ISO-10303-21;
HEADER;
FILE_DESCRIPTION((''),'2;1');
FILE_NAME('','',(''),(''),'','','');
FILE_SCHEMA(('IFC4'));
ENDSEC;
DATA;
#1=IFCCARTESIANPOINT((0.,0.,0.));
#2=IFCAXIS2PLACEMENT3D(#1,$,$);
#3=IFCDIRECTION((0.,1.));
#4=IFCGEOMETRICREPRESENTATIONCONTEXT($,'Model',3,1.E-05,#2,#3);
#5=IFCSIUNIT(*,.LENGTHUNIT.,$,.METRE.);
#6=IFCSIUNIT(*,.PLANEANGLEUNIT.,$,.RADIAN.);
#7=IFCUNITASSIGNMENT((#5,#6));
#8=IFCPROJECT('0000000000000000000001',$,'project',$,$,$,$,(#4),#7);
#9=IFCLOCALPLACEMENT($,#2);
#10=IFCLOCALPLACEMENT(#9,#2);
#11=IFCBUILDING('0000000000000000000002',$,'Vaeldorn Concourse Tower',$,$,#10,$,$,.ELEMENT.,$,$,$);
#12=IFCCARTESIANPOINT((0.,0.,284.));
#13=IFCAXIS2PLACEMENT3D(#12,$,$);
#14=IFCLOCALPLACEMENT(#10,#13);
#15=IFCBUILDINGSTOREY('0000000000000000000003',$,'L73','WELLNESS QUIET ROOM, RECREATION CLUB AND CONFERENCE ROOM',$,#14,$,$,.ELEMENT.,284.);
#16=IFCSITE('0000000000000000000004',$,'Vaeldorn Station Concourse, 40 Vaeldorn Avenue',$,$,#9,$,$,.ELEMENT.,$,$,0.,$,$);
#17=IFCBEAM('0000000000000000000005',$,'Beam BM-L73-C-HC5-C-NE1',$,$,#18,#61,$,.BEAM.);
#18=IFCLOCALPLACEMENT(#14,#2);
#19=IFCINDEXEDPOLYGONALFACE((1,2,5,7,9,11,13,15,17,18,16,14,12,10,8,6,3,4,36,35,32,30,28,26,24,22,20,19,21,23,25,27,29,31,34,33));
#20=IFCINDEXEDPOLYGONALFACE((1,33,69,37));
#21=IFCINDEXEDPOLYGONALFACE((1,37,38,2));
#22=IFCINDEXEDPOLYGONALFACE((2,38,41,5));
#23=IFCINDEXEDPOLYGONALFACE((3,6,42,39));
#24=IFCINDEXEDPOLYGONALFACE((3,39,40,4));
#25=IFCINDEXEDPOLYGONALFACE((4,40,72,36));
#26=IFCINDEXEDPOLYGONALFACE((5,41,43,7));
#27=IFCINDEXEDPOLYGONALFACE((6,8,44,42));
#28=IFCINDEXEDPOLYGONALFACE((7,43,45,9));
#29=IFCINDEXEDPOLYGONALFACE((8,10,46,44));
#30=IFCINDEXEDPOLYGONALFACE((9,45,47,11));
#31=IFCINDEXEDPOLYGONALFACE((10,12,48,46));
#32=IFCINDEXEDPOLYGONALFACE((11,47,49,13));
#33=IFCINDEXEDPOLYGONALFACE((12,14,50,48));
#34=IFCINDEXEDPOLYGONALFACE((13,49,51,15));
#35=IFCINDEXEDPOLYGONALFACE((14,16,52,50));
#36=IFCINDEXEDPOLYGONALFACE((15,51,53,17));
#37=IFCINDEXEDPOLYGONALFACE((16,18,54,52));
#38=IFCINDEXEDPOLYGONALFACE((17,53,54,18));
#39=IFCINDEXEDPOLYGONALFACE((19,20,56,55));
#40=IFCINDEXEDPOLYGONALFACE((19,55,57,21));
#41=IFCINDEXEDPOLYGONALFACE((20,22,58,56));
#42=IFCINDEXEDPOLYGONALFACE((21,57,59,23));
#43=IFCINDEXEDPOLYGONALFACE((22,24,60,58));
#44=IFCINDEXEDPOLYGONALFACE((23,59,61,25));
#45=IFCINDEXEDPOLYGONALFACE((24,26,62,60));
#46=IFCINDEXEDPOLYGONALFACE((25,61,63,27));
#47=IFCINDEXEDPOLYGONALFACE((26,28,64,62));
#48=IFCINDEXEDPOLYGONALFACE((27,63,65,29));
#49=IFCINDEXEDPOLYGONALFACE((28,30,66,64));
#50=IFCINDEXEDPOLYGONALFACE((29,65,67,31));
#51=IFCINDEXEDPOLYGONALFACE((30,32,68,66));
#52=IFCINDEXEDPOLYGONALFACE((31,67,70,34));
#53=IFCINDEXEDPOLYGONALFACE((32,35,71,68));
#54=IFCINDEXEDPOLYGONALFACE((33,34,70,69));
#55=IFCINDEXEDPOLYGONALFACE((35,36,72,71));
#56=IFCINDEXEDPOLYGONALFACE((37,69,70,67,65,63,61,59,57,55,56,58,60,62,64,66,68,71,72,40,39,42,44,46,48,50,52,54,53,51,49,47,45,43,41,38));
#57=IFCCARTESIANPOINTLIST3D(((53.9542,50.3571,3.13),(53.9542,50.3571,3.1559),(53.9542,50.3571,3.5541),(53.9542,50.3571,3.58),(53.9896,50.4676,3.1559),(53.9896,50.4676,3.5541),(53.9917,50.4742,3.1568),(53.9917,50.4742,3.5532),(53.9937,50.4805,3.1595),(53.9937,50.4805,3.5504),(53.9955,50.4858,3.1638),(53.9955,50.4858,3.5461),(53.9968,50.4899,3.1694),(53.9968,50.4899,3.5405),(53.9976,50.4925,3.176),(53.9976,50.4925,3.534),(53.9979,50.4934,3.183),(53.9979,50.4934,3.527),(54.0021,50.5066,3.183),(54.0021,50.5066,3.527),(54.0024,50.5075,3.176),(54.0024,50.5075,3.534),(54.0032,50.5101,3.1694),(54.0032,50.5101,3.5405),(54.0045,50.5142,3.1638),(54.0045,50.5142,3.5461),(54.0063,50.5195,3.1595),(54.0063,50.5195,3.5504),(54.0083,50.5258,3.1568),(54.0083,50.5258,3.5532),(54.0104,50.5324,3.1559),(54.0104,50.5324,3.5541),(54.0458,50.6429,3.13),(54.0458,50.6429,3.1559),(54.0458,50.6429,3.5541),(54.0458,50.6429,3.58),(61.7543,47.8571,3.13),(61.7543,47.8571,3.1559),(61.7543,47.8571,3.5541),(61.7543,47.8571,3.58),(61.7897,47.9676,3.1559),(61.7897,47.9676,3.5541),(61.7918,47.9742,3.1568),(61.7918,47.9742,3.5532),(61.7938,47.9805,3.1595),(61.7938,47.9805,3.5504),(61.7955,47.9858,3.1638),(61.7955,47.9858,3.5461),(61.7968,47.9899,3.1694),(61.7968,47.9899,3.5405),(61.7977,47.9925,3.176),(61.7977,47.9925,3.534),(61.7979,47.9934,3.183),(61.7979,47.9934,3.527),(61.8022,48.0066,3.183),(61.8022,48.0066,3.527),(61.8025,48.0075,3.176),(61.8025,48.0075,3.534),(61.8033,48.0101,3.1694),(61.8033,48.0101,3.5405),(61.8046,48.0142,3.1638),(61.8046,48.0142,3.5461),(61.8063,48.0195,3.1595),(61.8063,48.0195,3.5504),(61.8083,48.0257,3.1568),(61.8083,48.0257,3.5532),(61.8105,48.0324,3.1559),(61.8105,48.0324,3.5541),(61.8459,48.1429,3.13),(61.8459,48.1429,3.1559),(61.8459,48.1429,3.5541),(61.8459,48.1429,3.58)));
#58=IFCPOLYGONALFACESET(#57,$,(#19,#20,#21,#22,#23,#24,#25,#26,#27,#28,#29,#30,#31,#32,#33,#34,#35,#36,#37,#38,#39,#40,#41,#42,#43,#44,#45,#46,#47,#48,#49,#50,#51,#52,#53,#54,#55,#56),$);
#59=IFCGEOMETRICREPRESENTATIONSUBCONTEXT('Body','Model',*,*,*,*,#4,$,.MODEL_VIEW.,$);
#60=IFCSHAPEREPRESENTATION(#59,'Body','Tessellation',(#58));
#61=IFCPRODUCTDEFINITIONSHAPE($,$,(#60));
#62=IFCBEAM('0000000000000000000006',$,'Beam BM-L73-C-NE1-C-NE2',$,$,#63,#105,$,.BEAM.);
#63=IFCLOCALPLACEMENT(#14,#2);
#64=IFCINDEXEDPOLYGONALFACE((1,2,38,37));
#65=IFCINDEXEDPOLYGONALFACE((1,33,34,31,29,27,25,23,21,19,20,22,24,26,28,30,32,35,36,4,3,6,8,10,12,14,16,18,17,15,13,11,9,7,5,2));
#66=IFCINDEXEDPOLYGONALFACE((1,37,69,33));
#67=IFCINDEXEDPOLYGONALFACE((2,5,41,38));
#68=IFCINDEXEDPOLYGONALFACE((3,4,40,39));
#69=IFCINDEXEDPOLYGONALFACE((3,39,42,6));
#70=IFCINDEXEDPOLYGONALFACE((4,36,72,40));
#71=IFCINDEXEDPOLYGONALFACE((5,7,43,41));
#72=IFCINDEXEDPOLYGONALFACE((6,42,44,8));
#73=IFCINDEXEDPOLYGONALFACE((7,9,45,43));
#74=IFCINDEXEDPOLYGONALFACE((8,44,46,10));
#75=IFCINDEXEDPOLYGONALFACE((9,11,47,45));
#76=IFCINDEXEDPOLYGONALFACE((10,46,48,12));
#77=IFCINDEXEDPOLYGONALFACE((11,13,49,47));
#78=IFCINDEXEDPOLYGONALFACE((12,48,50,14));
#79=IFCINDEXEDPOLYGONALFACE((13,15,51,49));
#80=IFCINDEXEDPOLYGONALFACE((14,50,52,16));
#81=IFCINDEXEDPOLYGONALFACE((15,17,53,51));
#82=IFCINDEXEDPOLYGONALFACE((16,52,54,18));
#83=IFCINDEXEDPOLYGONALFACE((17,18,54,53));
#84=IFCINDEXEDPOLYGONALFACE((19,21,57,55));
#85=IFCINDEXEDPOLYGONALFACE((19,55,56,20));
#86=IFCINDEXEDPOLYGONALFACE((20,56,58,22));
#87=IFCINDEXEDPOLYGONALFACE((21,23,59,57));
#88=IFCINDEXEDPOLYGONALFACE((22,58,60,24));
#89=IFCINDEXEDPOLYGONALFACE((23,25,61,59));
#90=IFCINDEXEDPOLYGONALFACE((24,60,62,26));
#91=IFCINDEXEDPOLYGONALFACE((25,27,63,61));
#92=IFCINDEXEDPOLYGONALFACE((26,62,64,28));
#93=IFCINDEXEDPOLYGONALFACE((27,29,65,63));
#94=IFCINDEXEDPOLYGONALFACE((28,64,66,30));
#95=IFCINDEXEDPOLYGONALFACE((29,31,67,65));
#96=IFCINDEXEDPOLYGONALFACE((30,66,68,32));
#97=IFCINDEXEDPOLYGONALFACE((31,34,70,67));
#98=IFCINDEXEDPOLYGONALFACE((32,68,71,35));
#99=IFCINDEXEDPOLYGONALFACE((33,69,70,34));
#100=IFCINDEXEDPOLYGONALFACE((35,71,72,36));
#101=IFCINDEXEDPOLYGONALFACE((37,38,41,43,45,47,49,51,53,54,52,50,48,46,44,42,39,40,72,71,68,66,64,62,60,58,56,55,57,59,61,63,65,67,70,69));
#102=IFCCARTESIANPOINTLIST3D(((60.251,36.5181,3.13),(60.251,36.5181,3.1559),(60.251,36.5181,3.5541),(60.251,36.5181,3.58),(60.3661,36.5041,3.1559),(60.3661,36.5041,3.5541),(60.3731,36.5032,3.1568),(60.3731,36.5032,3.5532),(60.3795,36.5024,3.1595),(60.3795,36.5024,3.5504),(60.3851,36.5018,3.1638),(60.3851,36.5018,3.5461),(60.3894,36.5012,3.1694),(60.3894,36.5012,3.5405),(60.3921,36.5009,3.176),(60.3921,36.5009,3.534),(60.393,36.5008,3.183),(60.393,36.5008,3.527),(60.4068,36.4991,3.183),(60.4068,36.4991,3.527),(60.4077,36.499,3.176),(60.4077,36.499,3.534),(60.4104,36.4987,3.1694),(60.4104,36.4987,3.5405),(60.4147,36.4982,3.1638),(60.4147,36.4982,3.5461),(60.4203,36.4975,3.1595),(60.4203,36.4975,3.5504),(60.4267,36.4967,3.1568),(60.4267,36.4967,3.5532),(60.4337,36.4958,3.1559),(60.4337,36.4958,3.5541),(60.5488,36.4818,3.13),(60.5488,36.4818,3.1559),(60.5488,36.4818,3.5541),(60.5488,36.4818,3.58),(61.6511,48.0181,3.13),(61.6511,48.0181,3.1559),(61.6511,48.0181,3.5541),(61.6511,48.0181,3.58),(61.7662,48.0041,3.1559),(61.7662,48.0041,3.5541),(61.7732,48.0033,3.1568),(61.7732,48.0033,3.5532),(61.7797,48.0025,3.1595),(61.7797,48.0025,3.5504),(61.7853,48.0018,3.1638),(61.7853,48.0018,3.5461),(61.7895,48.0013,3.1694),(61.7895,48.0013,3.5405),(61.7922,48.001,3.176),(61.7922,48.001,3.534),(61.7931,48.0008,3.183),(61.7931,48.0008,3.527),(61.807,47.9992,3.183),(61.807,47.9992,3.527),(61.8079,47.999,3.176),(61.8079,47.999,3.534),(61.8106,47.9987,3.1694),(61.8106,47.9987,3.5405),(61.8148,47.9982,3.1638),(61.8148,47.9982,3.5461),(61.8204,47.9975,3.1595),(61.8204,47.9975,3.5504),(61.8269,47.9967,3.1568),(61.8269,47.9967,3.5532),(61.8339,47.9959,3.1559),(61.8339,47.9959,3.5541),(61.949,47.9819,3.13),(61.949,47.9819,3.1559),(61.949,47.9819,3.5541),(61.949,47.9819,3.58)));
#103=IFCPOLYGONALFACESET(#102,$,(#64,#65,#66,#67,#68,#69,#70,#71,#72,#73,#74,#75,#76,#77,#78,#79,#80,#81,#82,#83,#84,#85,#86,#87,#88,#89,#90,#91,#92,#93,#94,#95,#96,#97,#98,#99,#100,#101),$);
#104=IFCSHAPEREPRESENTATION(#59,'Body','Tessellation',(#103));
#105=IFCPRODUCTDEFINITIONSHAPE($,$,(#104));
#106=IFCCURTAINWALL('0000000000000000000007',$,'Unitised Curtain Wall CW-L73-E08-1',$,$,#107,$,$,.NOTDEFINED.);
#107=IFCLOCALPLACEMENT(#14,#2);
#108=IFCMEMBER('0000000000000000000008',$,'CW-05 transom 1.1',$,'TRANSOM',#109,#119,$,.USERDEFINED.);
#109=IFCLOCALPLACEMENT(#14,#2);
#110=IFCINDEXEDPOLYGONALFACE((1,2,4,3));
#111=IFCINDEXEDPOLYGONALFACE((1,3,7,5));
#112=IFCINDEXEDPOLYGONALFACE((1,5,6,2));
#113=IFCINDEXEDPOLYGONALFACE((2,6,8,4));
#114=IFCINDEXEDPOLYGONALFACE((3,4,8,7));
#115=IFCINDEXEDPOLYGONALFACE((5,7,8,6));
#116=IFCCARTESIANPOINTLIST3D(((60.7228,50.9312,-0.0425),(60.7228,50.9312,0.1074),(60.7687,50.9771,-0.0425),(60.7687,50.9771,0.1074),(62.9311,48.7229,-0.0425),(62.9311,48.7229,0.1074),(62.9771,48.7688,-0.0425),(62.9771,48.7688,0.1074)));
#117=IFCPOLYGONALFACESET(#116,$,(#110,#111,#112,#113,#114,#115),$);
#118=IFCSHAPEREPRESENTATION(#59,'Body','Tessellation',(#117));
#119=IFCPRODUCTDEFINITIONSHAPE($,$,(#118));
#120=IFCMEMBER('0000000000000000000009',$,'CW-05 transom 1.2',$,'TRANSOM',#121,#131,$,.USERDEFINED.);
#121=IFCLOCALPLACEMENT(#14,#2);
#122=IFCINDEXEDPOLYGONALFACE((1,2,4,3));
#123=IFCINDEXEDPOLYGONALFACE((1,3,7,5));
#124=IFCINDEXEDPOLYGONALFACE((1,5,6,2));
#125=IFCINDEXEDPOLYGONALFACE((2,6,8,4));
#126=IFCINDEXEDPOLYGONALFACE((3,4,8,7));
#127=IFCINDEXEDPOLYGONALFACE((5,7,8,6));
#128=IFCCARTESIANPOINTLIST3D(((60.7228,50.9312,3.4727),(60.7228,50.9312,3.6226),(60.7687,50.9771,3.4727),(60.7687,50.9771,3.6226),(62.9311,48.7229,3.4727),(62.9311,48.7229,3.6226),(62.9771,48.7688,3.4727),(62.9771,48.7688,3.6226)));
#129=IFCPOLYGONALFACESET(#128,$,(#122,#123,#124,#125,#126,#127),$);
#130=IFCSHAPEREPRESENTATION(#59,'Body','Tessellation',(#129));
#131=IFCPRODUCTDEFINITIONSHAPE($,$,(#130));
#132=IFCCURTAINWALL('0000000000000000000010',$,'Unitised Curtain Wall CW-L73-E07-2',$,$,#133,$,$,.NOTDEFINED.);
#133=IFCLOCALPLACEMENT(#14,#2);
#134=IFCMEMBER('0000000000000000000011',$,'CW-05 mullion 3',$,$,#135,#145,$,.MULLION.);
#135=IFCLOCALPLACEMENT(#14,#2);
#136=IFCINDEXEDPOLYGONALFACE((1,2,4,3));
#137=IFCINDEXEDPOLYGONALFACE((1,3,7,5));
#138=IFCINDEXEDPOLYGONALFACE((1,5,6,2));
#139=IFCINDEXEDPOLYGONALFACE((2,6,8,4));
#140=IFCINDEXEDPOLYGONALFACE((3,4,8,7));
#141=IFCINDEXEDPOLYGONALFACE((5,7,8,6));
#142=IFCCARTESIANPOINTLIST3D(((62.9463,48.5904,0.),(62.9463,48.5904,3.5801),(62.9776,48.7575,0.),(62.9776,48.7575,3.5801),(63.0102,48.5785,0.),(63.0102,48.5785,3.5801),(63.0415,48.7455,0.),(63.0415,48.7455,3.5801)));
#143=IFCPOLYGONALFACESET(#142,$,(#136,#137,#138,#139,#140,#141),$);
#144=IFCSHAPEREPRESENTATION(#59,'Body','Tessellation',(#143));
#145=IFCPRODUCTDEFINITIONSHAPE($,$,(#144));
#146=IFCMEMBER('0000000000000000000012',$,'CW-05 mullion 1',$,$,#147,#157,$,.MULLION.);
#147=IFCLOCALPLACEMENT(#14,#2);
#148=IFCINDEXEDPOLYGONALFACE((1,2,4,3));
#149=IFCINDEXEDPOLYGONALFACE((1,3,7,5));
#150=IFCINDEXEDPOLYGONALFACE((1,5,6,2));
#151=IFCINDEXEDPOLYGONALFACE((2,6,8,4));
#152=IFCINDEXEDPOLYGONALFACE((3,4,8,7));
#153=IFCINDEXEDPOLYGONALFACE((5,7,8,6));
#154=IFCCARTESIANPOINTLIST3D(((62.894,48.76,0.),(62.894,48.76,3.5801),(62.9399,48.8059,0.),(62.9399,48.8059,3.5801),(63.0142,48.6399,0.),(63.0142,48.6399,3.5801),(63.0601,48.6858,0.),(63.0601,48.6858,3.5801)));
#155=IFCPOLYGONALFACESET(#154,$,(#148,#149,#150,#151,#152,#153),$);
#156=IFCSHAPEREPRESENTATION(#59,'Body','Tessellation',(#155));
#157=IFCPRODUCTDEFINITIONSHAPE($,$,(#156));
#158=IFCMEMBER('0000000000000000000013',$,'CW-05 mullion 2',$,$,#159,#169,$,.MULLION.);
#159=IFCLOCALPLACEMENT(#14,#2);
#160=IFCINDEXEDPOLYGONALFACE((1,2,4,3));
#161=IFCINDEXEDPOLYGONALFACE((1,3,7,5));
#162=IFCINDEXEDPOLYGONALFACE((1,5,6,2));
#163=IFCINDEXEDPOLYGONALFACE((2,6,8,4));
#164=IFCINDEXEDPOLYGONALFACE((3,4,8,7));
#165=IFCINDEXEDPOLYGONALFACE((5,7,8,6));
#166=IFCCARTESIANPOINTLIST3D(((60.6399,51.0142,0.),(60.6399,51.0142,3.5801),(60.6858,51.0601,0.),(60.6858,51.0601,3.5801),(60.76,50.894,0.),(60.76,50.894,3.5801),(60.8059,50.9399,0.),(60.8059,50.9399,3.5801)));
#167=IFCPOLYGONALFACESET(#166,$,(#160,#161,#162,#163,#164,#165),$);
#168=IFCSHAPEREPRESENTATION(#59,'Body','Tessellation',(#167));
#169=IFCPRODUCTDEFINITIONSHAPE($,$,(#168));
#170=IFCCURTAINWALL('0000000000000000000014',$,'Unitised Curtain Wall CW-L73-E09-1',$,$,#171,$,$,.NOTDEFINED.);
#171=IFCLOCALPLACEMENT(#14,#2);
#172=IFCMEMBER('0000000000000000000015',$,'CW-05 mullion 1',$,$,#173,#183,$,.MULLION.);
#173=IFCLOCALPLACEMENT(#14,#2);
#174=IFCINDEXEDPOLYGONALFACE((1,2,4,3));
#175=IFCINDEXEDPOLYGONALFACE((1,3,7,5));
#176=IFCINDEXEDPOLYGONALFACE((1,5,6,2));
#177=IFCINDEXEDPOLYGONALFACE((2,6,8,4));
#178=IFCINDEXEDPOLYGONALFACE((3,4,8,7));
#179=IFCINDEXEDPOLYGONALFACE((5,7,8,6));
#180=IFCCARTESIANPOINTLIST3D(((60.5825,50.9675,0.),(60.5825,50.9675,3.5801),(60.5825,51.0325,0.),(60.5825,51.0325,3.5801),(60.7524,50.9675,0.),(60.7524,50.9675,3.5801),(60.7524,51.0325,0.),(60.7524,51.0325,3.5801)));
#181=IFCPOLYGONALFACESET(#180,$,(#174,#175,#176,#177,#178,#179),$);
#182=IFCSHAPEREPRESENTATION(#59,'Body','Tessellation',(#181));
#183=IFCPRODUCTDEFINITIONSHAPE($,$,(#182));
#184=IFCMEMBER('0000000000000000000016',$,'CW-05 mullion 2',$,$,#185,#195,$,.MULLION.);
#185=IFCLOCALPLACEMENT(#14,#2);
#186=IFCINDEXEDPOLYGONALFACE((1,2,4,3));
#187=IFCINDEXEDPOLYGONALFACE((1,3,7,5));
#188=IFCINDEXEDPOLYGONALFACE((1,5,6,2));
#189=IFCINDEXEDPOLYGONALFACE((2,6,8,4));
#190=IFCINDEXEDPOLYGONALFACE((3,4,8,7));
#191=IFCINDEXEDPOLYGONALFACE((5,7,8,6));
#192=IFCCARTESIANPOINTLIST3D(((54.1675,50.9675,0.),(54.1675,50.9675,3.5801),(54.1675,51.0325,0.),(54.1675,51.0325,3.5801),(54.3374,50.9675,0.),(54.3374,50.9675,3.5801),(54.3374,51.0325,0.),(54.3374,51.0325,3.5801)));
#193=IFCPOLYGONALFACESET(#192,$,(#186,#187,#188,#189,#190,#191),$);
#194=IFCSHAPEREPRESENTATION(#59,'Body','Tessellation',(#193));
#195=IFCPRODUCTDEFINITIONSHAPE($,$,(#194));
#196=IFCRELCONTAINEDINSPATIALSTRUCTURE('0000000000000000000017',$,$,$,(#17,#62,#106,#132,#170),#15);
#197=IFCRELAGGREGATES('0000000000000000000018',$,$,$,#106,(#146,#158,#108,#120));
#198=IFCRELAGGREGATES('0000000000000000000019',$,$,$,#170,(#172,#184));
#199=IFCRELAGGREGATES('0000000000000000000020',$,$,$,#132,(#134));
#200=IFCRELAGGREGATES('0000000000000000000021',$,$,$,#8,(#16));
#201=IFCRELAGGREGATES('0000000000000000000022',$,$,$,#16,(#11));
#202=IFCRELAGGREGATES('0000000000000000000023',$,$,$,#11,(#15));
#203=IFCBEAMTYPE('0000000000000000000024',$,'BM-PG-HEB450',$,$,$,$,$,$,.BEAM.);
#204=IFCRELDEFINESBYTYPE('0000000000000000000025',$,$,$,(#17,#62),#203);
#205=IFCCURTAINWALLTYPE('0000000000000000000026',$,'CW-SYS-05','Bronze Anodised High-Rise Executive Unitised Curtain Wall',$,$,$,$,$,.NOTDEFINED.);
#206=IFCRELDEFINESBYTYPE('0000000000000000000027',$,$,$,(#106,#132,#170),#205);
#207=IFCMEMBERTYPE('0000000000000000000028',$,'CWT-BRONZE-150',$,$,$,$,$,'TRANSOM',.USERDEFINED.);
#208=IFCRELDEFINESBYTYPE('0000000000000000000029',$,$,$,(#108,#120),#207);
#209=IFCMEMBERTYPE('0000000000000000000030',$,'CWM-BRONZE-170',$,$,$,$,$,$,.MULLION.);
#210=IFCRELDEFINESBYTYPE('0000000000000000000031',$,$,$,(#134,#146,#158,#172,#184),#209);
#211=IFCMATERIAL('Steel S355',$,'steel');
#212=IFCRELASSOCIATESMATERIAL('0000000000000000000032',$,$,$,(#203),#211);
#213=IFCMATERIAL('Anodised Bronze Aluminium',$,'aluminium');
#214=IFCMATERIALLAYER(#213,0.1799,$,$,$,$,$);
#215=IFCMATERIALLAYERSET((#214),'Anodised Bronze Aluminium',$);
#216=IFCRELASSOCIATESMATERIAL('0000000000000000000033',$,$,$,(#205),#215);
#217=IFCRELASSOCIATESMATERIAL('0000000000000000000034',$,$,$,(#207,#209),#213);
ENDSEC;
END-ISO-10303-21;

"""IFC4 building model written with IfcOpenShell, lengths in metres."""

from ifc_helpers import new_model, si_unit, direction, frame, origin, origin_2d, place, context, subcontext, project, spatial, rectangle, i_section, extrude, source, transform, mapped, material, layer, layer_set, material_profile, profile_set, type_object, element, aggregate, save


model = new_model("IFC4")

# Units and contexts
model_context = context("Model", 3, precision=1e-05, world=origin(), true_north=direction((0.0, 1.0)))
body_context = subcontext(model_context, "Body", "Model", "MODEL_VIEW")
ifc_project = project(units=[si_unit("LENGTHUNIT", "METRE"), si_unit("PLANEANGLEUNIT", "RADIAN")], contexts=[model_context])

# Site, building, storey
site_placement = place(None, origin())
site = spatial("IfcSite", under=ifc_project, at=site_placement, Name="Vaeldorn Station Concourse, 40 Vaeldorn Avenue", CompositionType="ELEMENT", RefElevation=0.0)
building_placement = place(site_placement, origin())
building = spatial("IfcBuilding", under=site, at=building_placement, Name="Vaeldorn Concourse Tower", CompositionType="ELEMENT")
storey_placement = place(building_placement, frame((0.0, 0.0, 284.0)))
storey = spatial("IfcBuildingStorey", under=building, at=storey_placement, Name="L73", Description="WELLNESS QUIET ROOM, RECREATION CLUB AND CONFERENCE ROOM", CompositionType="ELEMENT", Elevation=284.0)

# Shared definitions
ifc_material_1 = material(Name="Steel S355", Category="steel")

# Beams
ifc_material_profile_1 = material_profile(ifc_material_1, i_section(OverallWidth=0.3, OverallDepth=0.45, WebThickness=0.0139, FlangeThickness=0.0259, FilletRadius=0.0271, at=origin_2d()), Name="HEB 450")
ifc_profile_set_1 = profile_set([ifc_material_profile_1], Name="Steel S355")
beam_type_1 = type_object("IfcBeamType", Name="BM-PG-HEB450", PredefinedType="BEAM", material=ifc_profile_set_1)
shared_shape_1 = source(origin(), body_context, "Body", "SweptSolid", [
    extrude(i_section(OverallWidth=0.3, OverallDepth=0.45, WebThickness=0.0139, FlangeThickness=0.0259, FilletRadius=0.0271, at=origin_2d()), origin(), (0.0, 0.0, 1.0), 8.1909),
])
beam_1_placement = place(storey_placement, frame((54.0, 50.5, 3.355), z_axis=(0.952283, -0.305217, 0.0), x_axis=(0.305217, 0.952283, 0.0)))
element("IfcBeam", 1, at=beam_1_placement, inside=storey, type_object=beam_type_1, Name="Beam BM-L73-C-HC5-C-NE1", PredefinedType="BEAM", context=body_context, shape_type="MappedRepresentation", body=[
    mapped(shared_shape_1, transform((0.0, 0.0, 0.0), scale=1.0)),
])
shared_shape_2 = source(origin(), body_context, "Body", "SweptSolid", [
    extrude(i_section(OverallWidth=0.3, OverallDepth=0.45, WebThickness=0.0139, FlangeThickness=0.0259, FilletRadius=0.0271, at=origin_2d()), origin(), (0.0, 0.0, 1.0), 11.585),
])
beam_2_placement = place(storey_placement, frame((61.8, 48.0, 3.355), z_axis=(-0.120859, -0.99267, 0.0), x_axis=(0.99267, -0.120859, 0.0)))
element("IfcBeam", 2, at=beam_2_placement, inside=storey, type_object=beam_type_1, Name="Beam BM-L73-C-NE1-C-NE2", PredefinedType="BEAM", context=body_context, shape_type="MappedRepresentation", body=[
    mapped(shared_shape_2, transform((0.0, 0.0, 0.0), scale=1.0)),
])

# Curtain wall, members
ifc_material_2 = material(Name="Anodised Bronze Aluminium", Category="aluminium")
ifc_layer_1 = layer(ifc_material_2, 0.1799)
ifc_layer_set_1 = layer_set([ifc_layer_1], Name="Anodised Bronze Aluminium")
curtain_wall_type = type_object("IfcCurtainWallType", Name="CW-SYS-05", Description="Bronze Anodised High-Rise Executive Unitised Curtain Wall", PredefinedType="NOTDEFINED", material=ifc_layer_set_1)
curtain_wall_1_placement = place(storey_placement, origin())
curtain_wall_1 = element("IfcCurtainWall", 3, at=curtain_wall_1_placement, inside=storey, type_object=curtain_wall_type, Name="Unitised Curtain Wall CW-L73-E08-1", PredefinedType="NOTDEFINED")
ifc_material_profile_2 = material_profile(ifc_material_2, rectangle(XDim=0.0649, YDim=0.1499, at=origin_2d()), Name="CWT 65x150")
ifc_profile_set_2 = profile_set([ifc_material_profile_2], Name="Anodised Bronze Aluminium")
member_type_1 = type_object("IfcMemberType", Name="CWT-BRONZE-150", ElementType="TRANSOM", PredefinedType="USERDEFINED", material=ifc_profile_set_2)
shared_shape_3 = source(origin(), body_context, "Body", "SweptSolid", [
    extrude(rectangle(XDim=0.0649, YDim=0.1499, at=origin_2d()), origin(), (0.0, 0.0, 1.0), 3.123),
])
member_1_placement = place(storey_placement, frame((62.9541, 48.7458, 0.0325), z_axis=(-0.707107, 0.707107, 0.0), x_axis=(-0.707107, -0.707107, 0.0)))
member_1 = element("IfcMember", 4, at=member_1_placement, type_object=member_type_1, Name="CW-05 transom 1.1", ObjectType="TRANSOM", PredefinedType="USERDEFINED", context=body_context, shape_type="MappedRepresentation", body=[
    mapped(shared_shape_3, transform((0.0, 0.0, 0.0), scale=1.0)),
])
member_2_placement = place(storey_placement, frame((62.9541, 48.7458, 3.5476), z_axis=(-0.707107, 0.707107, 0.0), x_axis=(-0.707107, -0.707107, 0.0)))
member_2 = element("IfcMember", 5, at=member_2_placement, type_object=member_type_1, Name="CW-05 transom 1.2", ObjectType="TRANSOM", PredefinedType="USERDEFINED", context=body_context, shape_type="MappedRepresentation", body=[
    mapped(shared_shape_3, transform((0.0, 0.0, 0.0), scale=1.0)),
])

# Curtain wall, member
curtain_wall_2_placement = place(storey_placement, origin())
curtain_wall_2 = element("IfcCurtainWall", 6, at=curtain_wall_2_placement, inside=storey, type_object=curtain_wall_type, Name="Unitised Curtain Wall CW-L73-E07-2", PredefinedType="NOTDEFINED")
ifc_material_profile_3 = material_profile(ifc_material_2, rectangle(XDim=0.0649, YDim=0.1699, at=origin_2d()), Name="CWM 65x170")
ifc_profile_set_3 = profile_set([ifc_material_profile_3], Name="Anodised Bronze Aluminium")
member_type_2 = type_object("IfcMemberType", Name="CWM-BRONZE-170", PredefinedType="MULLION", material=ifc_profile_set_3)
shared_shape_4 = source(origin(), body_context, "Body", "SweptSolid", [
    extrude(rectangle(XDim=0.0649, YDim=0.1699, at=origin_2d()), origin(), (0.0, 0.0, 1.0), 3.5801),
])
member_3_placement = place(storey_placement, frame((62.9939, 48.668, 0.0), z_axis=(0.0, 0.0, 1.0), x_axis=(-0.98288, 0.184246, 0.0)))
member_3 = element("IfcMember", 7, at=member_3_placement, type_object=member_type_2, Name="CW-05 mullion 3", PredefinedType="MULLION", context=body_context, shape_type="MappedRepresentation", body=[
    mapped(shared_shape_4, transform((0.0, 0.0, 0.0), scale=1.0)),
])

# Members
member_4_placement = place(storey_placement, frame((62.9771, 48.7229, 0.0), z_axis=(0.0, 0.0, 1.0), x_axis=(-0.707107, -0.707107, 0.0)))
member_4 = element("IfcMember", 8, at=member_4_placement, type_object=member_type_2, Name="CW-05 mullion 1", PredefinedType="MULLION", context=body_context, shape_type="MappedRepresentation", body=[
    mapped(shared_shape_4, transform((0.0, 0.0, 0.0), scale=1.0)),
])
member_5_placement = place(storey_placement, frame((60.7229, 50.9771, 0.0), z_axis=(0.0, 0.0, 1.0), x_axis=(-0.707107, -0.707107, 0.0)))
member_5 = element("IfcMember", 9, at=member_5_placement, type_object=member_type_2, Name="CW-05 mullion 2", PredefinedType="MULLION", context=body_context, shape_type="MappedRepresentation", body=[
    mapped(shared_shape_4, transform((0.0, 0.0, 0.0), scale=1.0)),
])

# Curtain wall, members
curtain_wall_3_placement = place(storey_placement, origin())
curtain_wall_3 = element("IfcCurtainWall", 10, at=curtain_wall_3_placement, inside=storey, type_object=curtain_wall_type, Name="Unitised Curtain Wall CW-L73-E09-1", PredefinedType="NOTDEFINED")
member_6_placement = place(storey_placement, frame((60.6675, 51.0, 0.0), z_axis=(0.0, 0.0, 1.0), x_axis=(0.0, -1.0, 0.0)))
member_6 = element("IfcMember", 11, at=member_6_placement, type_object=member_type_2, Name="CW-05 mullion 1", PredefinedType="MULLION", context=body_context, shape_type="MappedRepresentation", body=[
    mapped(shared_shape_4, transform((0.0, 0.0, 0.0), scale=1.0)),
])
member_7_placement = place(storey_placement, frame((54.2524, 51.0, 0.0), z_axis=(0.0, 0.0, 1.0), x_axis=(0.0, -1.0, 0.0)))
member_7 = element("IfcMember", 12, at=member_7_placement, type_object=member_type_2, Name="CW-05 mullion 2", PredefinedType="MULLION", context=body_context, shape_type="MappedRepresentation", body=[
    mapped(shared_shape_4, transform((0.0, 0.0, 0.0), scale=1.0)),
])

aggregate(curtain_wall_1, [member_4, member_5, member_1, member_2])
aggregate(curtain_wall_3, [member_6, member_7])
aggregate(curtain_wall_2, [member_3])

save(model, "model.ifc")
